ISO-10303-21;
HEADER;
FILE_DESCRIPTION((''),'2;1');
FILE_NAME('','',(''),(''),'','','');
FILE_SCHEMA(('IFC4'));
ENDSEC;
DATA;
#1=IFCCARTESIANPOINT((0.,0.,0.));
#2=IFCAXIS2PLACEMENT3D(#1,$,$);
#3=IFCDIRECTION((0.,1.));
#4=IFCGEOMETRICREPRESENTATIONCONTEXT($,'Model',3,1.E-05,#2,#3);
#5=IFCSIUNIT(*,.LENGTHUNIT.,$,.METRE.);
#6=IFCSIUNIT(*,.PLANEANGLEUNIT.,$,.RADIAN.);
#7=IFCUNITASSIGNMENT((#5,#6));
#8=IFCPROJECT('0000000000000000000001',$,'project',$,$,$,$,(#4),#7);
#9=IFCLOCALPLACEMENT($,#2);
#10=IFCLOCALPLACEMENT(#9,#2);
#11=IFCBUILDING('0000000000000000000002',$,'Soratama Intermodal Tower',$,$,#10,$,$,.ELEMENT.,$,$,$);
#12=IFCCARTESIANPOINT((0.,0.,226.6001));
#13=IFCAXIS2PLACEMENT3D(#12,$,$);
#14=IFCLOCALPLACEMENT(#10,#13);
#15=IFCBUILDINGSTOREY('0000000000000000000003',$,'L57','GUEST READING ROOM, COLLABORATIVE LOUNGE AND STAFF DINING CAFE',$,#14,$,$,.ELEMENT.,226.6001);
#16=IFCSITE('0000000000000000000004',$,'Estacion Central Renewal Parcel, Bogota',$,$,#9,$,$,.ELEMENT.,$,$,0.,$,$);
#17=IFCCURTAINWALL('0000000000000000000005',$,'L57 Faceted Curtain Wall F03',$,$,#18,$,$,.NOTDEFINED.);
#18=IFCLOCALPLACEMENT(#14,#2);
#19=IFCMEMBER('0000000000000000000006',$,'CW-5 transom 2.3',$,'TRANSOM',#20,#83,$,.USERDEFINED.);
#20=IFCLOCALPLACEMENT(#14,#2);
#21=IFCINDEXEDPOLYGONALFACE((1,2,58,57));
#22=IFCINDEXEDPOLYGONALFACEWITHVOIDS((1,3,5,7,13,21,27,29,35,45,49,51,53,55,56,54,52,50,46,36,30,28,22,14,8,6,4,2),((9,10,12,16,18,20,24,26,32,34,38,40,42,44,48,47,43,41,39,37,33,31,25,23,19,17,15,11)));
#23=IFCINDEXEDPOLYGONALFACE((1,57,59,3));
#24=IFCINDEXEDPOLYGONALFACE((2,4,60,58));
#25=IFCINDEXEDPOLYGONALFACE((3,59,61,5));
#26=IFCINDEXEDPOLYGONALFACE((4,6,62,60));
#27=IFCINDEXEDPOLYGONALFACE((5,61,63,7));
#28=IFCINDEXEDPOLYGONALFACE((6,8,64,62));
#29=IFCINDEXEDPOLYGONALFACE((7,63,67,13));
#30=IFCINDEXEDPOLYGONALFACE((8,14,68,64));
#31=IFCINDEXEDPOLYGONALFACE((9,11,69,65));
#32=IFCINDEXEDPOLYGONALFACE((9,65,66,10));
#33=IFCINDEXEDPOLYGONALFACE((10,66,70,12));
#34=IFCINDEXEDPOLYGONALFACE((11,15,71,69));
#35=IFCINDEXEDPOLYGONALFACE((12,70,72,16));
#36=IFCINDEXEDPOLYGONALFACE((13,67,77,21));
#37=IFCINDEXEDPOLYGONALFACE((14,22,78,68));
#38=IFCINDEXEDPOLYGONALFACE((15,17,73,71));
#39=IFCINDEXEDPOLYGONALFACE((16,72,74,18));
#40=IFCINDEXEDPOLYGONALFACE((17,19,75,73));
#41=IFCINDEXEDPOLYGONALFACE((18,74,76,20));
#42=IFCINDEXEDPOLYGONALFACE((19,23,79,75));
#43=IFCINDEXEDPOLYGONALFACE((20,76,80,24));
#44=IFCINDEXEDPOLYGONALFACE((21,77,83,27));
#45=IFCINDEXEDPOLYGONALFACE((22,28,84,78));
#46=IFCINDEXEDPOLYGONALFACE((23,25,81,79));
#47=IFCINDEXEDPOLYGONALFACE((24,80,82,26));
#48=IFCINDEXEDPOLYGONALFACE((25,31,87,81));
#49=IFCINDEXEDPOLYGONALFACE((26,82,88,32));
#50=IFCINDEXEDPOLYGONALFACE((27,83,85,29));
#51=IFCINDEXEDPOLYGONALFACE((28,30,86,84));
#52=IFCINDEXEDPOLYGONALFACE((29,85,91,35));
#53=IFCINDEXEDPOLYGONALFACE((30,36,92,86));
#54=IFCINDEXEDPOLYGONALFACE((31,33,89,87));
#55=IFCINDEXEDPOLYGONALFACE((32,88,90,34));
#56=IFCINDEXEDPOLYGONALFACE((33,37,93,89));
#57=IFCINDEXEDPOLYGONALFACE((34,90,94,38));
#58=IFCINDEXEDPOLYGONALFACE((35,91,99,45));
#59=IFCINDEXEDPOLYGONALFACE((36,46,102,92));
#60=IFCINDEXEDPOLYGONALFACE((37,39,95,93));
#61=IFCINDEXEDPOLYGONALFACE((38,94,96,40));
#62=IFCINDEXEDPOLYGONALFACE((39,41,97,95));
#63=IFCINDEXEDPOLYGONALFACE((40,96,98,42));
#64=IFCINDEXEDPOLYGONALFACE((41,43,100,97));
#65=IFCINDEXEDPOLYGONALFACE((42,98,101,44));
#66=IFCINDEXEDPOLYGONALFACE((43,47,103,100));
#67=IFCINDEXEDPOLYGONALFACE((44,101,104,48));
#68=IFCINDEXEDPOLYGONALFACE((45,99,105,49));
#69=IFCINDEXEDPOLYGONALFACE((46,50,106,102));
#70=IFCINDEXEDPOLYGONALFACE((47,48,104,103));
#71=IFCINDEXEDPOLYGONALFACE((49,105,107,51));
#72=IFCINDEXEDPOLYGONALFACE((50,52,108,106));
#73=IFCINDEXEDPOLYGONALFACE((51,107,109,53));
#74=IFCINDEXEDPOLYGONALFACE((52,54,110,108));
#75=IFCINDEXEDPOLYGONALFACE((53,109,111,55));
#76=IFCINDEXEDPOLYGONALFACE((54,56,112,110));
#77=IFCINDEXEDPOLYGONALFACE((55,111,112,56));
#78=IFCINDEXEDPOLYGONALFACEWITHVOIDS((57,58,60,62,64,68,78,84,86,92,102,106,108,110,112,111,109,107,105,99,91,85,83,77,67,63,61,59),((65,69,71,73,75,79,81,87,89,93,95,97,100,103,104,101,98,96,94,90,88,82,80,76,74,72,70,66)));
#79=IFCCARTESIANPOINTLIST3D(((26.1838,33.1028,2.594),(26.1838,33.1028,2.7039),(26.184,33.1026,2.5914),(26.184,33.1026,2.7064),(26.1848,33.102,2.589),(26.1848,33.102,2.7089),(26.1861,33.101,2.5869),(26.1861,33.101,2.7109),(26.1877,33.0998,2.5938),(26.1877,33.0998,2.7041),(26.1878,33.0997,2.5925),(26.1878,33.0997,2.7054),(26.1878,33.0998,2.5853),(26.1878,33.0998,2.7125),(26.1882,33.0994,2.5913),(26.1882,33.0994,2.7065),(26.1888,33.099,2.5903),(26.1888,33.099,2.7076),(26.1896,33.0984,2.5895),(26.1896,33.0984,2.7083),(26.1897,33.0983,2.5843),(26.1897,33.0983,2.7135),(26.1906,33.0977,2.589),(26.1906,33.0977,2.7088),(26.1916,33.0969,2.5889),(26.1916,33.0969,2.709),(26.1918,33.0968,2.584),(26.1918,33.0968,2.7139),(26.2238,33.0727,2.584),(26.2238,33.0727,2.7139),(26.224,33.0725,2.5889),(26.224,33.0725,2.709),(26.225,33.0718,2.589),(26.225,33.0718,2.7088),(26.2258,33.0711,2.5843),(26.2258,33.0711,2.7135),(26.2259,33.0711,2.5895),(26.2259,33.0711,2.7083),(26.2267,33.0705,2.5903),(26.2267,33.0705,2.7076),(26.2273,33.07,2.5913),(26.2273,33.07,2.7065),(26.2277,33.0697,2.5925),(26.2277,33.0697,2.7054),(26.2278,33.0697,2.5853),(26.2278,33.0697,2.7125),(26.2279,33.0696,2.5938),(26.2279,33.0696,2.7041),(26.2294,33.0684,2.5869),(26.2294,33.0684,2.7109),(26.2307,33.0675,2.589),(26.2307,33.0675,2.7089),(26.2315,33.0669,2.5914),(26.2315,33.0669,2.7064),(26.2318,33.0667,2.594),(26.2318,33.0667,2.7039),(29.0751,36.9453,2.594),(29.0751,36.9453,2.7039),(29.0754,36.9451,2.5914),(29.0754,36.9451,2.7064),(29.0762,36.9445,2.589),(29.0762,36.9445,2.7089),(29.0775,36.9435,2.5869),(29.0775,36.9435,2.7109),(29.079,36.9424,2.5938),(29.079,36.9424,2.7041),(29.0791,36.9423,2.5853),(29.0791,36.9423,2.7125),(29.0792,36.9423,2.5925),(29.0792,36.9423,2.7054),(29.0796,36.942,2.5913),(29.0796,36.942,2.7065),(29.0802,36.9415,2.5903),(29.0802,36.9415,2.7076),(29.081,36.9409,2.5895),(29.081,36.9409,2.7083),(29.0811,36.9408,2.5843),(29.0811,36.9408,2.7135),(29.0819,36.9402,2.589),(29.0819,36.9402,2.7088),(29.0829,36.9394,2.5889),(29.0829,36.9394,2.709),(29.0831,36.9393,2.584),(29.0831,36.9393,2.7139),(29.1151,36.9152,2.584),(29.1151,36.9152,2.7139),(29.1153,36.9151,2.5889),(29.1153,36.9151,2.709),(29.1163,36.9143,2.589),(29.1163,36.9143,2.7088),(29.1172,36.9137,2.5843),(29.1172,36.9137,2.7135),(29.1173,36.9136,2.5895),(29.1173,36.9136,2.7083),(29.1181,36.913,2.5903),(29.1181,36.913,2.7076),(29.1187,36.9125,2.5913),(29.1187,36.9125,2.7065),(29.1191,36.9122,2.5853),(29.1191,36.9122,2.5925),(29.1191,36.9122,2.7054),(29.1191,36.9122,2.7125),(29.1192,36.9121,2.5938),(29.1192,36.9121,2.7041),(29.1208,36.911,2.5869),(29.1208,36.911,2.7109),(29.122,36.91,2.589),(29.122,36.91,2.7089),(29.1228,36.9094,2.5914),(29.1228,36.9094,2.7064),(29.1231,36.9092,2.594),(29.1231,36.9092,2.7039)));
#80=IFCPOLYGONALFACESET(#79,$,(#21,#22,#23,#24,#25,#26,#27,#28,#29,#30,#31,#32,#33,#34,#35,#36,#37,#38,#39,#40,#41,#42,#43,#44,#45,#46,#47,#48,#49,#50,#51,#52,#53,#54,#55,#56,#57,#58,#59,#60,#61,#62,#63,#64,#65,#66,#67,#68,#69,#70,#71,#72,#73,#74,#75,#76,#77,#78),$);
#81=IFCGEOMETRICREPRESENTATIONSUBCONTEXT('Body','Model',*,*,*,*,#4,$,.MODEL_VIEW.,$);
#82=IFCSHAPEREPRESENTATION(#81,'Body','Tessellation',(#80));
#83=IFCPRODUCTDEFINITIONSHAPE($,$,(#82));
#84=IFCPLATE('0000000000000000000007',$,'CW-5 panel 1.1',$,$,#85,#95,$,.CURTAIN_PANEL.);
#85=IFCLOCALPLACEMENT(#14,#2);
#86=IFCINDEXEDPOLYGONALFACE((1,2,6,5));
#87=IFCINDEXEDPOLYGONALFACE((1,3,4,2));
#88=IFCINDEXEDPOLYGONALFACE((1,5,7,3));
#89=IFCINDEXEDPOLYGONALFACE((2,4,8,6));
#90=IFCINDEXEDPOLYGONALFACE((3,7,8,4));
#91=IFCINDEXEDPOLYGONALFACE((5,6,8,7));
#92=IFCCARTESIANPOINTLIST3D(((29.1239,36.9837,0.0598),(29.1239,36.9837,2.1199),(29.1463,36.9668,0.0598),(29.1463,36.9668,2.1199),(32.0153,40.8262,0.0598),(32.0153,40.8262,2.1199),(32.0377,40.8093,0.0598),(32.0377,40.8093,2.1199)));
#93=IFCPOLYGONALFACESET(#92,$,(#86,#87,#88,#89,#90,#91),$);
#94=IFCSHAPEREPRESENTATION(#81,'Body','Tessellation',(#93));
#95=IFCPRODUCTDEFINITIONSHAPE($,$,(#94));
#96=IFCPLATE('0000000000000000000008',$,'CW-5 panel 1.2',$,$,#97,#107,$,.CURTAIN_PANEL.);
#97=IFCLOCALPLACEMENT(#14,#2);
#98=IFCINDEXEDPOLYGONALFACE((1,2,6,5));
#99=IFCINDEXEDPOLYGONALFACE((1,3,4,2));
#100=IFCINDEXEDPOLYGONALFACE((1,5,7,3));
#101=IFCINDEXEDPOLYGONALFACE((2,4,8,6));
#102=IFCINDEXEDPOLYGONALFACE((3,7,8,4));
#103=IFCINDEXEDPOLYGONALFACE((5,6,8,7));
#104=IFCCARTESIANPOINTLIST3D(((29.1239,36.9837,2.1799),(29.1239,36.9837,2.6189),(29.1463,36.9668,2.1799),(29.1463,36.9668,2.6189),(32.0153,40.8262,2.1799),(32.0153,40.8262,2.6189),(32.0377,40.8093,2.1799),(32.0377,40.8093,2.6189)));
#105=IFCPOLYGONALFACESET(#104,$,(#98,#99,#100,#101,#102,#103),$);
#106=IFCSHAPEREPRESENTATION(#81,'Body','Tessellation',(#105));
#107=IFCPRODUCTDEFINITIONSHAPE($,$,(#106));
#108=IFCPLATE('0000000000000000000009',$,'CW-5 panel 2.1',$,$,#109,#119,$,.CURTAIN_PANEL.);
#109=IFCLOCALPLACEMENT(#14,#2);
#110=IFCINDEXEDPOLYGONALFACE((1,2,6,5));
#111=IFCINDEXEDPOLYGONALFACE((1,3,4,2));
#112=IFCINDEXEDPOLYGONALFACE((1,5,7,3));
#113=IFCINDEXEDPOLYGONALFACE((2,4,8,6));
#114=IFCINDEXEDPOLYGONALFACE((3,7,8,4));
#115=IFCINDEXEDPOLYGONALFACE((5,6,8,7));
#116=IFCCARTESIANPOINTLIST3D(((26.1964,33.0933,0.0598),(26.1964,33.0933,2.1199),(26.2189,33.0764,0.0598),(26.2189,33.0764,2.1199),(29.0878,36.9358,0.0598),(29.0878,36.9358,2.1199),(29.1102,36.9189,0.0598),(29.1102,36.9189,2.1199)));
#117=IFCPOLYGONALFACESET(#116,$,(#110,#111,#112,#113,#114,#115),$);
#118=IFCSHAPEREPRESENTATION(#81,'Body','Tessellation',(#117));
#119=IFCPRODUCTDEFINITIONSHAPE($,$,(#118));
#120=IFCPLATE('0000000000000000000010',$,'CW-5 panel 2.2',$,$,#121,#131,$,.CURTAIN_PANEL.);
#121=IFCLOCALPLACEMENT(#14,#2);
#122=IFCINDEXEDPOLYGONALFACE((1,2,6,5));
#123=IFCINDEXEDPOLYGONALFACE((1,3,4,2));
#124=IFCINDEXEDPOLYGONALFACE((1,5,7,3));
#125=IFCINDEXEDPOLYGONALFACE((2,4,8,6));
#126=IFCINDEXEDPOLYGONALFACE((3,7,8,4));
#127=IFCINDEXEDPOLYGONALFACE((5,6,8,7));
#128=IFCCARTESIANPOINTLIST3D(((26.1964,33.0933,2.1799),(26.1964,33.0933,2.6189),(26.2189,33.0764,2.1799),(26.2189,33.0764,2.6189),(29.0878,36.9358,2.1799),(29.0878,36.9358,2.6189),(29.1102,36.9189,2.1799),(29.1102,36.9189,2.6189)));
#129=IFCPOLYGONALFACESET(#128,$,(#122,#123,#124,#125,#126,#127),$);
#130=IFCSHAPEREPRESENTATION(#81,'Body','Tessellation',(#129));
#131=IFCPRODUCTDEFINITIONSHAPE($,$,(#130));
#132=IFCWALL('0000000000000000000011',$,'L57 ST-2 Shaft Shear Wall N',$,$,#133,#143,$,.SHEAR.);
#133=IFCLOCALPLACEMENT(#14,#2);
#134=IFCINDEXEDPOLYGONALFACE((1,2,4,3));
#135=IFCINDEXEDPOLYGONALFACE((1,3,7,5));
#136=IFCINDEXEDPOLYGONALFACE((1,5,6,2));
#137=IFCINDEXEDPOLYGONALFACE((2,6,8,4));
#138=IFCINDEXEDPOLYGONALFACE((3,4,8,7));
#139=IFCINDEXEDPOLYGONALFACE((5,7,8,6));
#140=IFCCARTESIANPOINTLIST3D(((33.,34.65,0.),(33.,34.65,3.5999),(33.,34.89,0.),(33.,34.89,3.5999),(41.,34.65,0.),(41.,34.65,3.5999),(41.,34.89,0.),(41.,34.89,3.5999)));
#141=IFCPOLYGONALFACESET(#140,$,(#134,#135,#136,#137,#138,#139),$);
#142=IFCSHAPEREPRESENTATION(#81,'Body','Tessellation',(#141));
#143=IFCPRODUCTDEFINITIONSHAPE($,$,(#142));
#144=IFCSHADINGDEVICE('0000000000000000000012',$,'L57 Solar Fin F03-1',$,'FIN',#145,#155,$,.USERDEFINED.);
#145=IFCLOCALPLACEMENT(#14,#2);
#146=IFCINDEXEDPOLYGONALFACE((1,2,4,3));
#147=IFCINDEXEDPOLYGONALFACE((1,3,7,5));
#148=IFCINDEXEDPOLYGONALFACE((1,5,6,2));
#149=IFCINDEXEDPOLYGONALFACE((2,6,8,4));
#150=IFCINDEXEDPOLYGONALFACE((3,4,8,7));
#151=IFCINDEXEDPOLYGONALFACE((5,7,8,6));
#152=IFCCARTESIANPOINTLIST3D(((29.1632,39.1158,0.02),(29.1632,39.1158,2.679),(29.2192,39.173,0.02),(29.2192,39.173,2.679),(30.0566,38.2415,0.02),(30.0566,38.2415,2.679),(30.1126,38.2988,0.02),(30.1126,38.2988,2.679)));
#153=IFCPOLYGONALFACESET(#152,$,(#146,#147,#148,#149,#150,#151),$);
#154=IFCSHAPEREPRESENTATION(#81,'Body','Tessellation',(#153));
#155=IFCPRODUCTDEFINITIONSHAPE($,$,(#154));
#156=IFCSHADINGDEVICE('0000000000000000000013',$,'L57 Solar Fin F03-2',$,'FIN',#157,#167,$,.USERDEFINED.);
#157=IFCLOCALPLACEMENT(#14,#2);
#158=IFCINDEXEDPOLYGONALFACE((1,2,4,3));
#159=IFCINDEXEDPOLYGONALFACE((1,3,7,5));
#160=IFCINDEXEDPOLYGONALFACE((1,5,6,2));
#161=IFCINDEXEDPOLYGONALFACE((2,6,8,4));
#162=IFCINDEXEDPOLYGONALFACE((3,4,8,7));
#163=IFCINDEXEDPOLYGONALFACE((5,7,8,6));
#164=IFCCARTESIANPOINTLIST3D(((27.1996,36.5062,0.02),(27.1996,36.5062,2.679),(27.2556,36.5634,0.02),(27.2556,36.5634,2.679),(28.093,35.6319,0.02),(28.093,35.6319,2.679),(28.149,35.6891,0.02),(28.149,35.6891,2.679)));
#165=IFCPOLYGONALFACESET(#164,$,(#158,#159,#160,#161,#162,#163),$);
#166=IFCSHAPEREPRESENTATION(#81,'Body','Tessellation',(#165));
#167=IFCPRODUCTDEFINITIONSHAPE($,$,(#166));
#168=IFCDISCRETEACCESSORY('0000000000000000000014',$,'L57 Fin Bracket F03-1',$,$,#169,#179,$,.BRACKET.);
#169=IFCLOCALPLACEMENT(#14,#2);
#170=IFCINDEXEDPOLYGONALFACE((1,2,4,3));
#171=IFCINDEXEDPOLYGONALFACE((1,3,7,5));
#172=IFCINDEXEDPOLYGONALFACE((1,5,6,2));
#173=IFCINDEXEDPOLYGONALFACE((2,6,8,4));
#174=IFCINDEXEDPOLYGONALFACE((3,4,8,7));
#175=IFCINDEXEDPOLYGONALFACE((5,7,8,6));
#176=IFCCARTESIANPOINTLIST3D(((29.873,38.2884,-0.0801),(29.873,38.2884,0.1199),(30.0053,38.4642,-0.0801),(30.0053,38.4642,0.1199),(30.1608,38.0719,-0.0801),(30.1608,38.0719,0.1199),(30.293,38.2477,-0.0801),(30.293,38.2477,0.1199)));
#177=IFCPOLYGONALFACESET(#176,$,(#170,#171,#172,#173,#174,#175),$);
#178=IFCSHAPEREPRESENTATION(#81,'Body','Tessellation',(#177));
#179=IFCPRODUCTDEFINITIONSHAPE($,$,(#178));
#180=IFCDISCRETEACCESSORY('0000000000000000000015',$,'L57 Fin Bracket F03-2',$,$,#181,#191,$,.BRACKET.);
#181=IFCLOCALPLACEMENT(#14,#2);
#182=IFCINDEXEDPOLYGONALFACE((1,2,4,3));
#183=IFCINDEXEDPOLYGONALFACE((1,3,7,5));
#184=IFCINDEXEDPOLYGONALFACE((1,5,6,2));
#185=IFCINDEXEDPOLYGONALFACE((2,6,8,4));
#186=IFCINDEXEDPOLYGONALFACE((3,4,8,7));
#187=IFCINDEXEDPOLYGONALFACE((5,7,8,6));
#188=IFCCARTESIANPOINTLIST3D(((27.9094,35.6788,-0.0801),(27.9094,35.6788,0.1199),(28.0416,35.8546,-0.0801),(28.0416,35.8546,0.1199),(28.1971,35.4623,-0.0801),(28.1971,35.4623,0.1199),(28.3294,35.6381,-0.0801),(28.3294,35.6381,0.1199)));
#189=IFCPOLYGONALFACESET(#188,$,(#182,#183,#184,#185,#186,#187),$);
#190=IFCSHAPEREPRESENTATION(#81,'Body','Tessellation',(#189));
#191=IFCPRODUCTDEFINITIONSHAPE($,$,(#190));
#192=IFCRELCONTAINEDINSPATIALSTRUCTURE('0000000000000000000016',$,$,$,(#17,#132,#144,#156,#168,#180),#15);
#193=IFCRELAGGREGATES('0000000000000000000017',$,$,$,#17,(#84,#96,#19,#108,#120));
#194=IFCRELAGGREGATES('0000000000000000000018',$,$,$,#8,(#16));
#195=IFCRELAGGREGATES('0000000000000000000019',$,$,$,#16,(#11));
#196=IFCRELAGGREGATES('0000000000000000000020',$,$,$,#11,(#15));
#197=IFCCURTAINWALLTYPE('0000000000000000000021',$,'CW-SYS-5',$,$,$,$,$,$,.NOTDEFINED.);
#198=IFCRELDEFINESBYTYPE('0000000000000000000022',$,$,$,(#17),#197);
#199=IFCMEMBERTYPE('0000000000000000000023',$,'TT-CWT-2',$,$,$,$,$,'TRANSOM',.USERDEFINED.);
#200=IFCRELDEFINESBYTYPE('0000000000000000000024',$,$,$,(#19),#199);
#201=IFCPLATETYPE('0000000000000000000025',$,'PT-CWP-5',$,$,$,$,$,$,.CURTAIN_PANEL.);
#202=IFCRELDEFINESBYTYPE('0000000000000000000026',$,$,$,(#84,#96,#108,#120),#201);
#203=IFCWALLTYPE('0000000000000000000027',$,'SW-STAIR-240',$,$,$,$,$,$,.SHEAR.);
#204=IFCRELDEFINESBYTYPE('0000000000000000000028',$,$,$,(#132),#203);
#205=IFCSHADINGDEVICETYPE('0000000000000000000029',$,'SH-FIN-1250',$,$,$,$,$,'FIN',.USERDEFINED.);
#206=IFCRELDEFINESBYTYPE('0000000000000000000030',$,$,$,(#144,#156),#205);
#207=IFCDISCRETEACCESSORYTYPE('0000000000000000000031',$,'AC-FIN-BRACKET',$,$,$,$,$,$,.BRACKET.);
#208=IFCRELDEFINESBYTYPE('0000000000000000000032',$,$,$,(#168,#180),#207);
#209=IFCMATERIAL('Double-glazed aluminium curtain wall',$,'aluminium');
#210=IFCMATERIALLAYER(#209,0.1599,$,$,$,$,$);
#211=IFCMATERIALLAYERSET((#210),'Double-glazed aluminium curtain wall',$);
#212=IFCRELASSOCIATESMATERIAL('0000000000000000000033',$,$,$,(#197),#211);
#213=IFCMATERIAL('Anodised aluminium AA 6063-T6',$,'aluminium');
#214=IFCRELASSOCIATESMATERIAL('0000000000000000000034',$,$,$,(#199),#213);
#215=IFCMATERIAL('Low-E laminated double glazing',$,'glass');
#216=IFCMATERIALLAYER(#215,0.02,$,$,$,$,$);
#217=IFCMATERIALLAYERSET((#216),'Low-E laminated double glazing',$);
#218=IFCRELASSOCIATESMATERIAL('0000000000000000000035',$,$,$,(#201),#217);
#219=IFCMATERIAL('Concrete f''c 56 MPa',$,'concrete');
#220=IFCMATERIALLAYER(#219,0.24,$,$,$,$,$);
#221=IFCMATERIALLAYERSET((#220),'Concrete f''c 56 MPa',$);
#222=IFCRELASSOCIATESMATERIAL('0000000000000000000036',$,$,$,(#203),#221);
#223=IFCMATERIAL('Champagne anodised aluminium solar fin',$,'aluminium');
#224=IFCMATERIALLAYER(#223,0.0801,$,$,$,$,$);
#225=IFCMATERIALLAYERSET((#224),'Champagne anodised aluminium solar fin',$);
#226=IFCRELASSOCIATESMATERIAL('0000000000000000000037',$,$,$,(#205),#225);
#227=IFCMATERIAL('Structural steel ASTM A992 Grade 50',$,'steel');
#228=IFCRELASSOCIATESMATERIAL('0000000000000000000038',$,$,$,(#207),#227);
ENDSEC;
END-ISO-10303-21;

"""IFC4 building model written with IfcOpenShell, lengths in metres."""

from ifc_helpers import new_model, si_unit, direction, frame, frame_2d, origin, origin_2d, place, context, subcontext, project, spatial, rectangle, hollow_rectangle, extrude, material, layer, layer_set, material_profile, profile_set, type_object, element, aggregate, save


model = new_model("IFC4")

# Units and contexts
model_context = context("Model", 3, precision=1e-05, world=origin(), true_north=direction((0.0, 1.0)))
body_context = subcontext(model_context, "Body", "Model", "MODEL_VIEW")
ifc_project = project(units=[si_unit("LENGTHUNIT", "METRE"), si_unit("PLANEANGLEUNIT", "RADIAN")], contexts=[model_context])

# Site, building, storey
site_placement = place(None, origin())
site = spatial("IfcSite", under=ifc_project, at=site_placement, Name="Estacion Central Renewal Parcel, Bogota", CompositionType="ELEMENT", RefElevation=0.0)
building_placement = place(site_placement, origin())
building = spatial("IfcBuilding", under=site, at=building_placement, Name="Soratama Intermodal Tower", CompositionType="ELEMENT")
storey_placement = place(building_placement, frame((0.0, 0.0, 226.6001)))
storey = spatial("IfcBuildingStorey", under=building, at=storey_placement, Name="L57", Description="GUEST READING ROOM, COLLABORATIVE LOUNGE AND STAFF DINING CAFE", CompositionType="ELEMENT", Elevation=226.6001)

# Curtain wall, member, plates
ifc_material_1 = material(Name="Double-glazed aluminium curtain wall", Category="aluminium")
ifc_layer_1 = layer(ifc_material_1, 0.1599)
ifc_layer_set_1 = layer_set([ifc_layer_1], Name="Double-glazed aluminium curtain wall")
curtain_wall_type = type_object("IfcCurtainWallType", Name="CW-SYS-5", PredefinedType="NOTDEFINED", material=ifc_layer_set_1)
curtain_wall_placement = place(storey_placement, origin())
curtain_wall = element("IfcCurtainWall", 1, at=curtain_wall_placement, inside=storey, type_object=curtain_wall_type, Name="L57 Faceted Curtain Wall F03", PredefinedType="NOTDEFINED")
ifc_material_2 = material(Name="Anodised aluminium AA 6063-T6", Category="aluminium")
ifc_material_profile_1 = material_profile(ifc_material_2, hollow_rectangle(XDim=0.0601, YDim=0.1299, WallThickness=0.0049, InnerFilletRadius=0.0049, OuterFilletRadius=0.01, at=origin_2d()), Name="CWT130X60X5")
ifc_profile_set_1 = profile_set([ifc_material_profile_1], Name="Anodised aluminium AA 6063-T6")
member_type_1 = type_object("IfcMemberType", Name="TT-CWT-2", ElementType="TRANSOM", PredefinedType="USERDEFINED", material=ifc_profile_set_1)
member_1_placement = place(storey_placement, frame((29.0991, 36.9272, 2.6489), z_axis=(-0.601258, -0.799055, 0.0), x_axis=(0.799055, -0.601258, 0.0)))
member_1 = element("IfcMember", 2, at=member_1_placement, type_object=member_type_1, Name="CW-5 transom 2.3", ObjectType="TRANSOM", PredefinedType="USERDEFINED", context=body_context, shape_type="SweptSolid", body=[
    extrude(hollow_rectangle(XDim=0.0601, YDim=0.1299, WallThickness=0.0049, InnerFilletRadius=0.0049, OuterFilletRadius=0.01, at=origin_2d()), origin(), (0.0, 0.0, 1.0), 4.8088),
])
ifc_material_3 = material(Name="Low-E laminated double glazing", Category="glass")
ifc_layer_2 = layer(ifc_material_3, 0.02)
ifc_layer_set_2 = layer_set([ifc_layer_2], Name="Low-E laminated double glazing")
plate_type = type_object("IfcPlateType", Name="PT-CWP-5", PredefinedType="CURTAIN_PANEL", material=ifc_layer_set_2)
plate_1_placement = place(storey_placement, frame((30.5808, 38.8965, 0.0598), z_axis=(0.0, 0.0, 1.0), x_axis=(-0.601262, -0.799052, 0.0)))
plate_1 = element("IfcPlate", 3, at=plate_1_placement, type_object=plate_type, Name="CW-5 panel 1.1", PredefinedType="CURTAIN_PANEL", context=body_context, shape_type="SweptSolid", body=[
    extrude(rectangle(XDim=4.8088, YDim=0.0281, at=origin_2d()), origin(), (0.0, 0.0, 1.0), 2.0601),
])
plate_2_placement = place(storey_placement, frame((30.5808, 38.8965, 2.1799), z_axis=(0.0, 0.0, 1.0), x_axis=(-0.601262, -0.799052, 0.0)))
plate_2 = element("IfcPlate", 4, at=plate_2_placement, type_object=plate_type, Name="CW-5 panel 1.2", PredefinedType="CURTAIN_PANEL", context=body_context, shape_type="SweptSolid", body=[
    extrude(rectangle(XDim=4.8088, YDim=0.0281, at=origin_2d()), origin(), (0.0, 0.0, 1.0), 0.439),
])
plate_3_placement = place(storey_placement, frame((27.6533, 35.0061, 0.0598), z_axis=(0.0, 0.0, 1.0), x_axis=(-0.601262, -0.799052, 0.0)))
plate_3 = element("IfcPlate", 5, at=plate_3_placement, type_object=plate_type, Name="CW-5 panel 2.1", PredefinedType="CURTAIN_PANEL", context=body_context, shape_type="SweptSolid", body=[
    extrude(rectangle(XDim=4.8088, YDim=0.0281, at=origin_2d()), origin(), (0.0, 0.0, 1.0), 2.0601),
])
plate_4_placement = place(storey_placement, frame((27.6533, 35.0061, 2.1799), z_axis=(0.0, 0.0, 1.0), x_axis=(-0.601262, -0.799052, 0.0)))
plate_4 = element("IfcPlate", 6, at=plate_4_placement, type_object=plate_type, Name="CW-5 panel 2.2", PredefinedType="CURTAIN_PANEL", context=body_context, shape_type="SweptSolid", body=[
    extrude(rectangle(XDim=4.8088, YDim=0.0281, at=origin_2d()), origin(), (0.0, 0.0, 1.0), 0.439),
])
aggregate(curtain_wall, [plate_1, plate_2, member_1, plate_3, plate_4])

# Wall
ifc_material_4 = material(Name="Concrete f'c 56 MPa", Category="concrete")
ifc_layer_3 = layer(ifc_material_4, 0.24)
ifc_layer_set_3 = layer_set([ifc_layer_3], Name="Concrete f'c 56 MPa")
wall_type_1 = type_object("IfcWallType", Name="SW-STAIR-240", PredefinedType="SHEAR", material=ifc_layer_set_3)
wall_1_placement = place(storey_placement, frame((33.0, 34.77, 0.0), z_axis=(0.0, 0.0, 1.0), x_axis=(1.0, 0.0, 0.0)))
element("IfcWall", 7, at=wall_1_placement, inside=storey, type_object=wall_type_1, Name="L57 ST-2 Shaft Shear Wall N", PredefinedType="SHEAR", context=body_context, shape_type="SweptSolid", body=[
    extrude(rectangle(XDim=8.0, YDim=0.24, at=frame_2d((4.0, 0.0))), origin(), (0.0, 0.0, 1.0), 3.5999),
])

# Shading devices
ifc_material_5 = material(Name="Champagne anodised aluminium solar fin", Category="aluminium")
ifc_layer_4 = layer(ifc_material_5, 0.0801)
ifc_layer_set_4 = layer_set([ifc_layer_4], Name="Champagne anodised aluminium solar fin")
shading_device_type = type_object("IfcShadingDeviceType", Name="SH-FIN-1250", ElementType="FIN", PredefinedType="USERDEFINED", material=ifc_layer_set_4)
for number, where, z_axis, x_axis, name in (
    (8, (29.6379, 38.7073, 0.02), (0.0, 0.0, 1.0), (-0.714717, 0.699414, 0.0), "L57 Solar Fin F03-1"),
    (9, (27.6743, 36.0977, 0.02), (0.0, 0.0, 1.0), (-0.714717, 0.699414, 0.0), "L57 Solar Fin F03-2"),
):
    element("IfcShadingDevice", number, at=place(storey_placement, frame(where, z_axis=z_axis, x_axis=x_axis)), inside=storey, type_object=shading_device_type, Name=name, ObjectType="FIN", PredefinedType="USERDEFINED", context=body_context, shape_type="SweptSolid", body=[
        extrude(rectangle(XDim=1.25, YDim=0.0801, at=origin_2d()), origin(), (0.0, 0.0, 1.0), 2.6589),
    ])

# Discrete accessories
ifc_material_6 = material(Name="Structural steel ASTM A992 Grade 50", Category="steel")
discrete_accessory_type = type_object("IfcDiscreteAccessoryType", Name="AC-FIN-BRACKET", PredefinedType="BRACKET", material=ifc_material_6)
for number, where, z_axis, x_axis, name in (
    (10, (30.083, 38.2681, -0.0801), (0.0, 0.0, 1.0), (-0.799055, 0.601257, 0.0), "L57 Fin Bracket F03-1"),
    (11, (28.1194, 35.6584, -0.0801), (0.0, 0.0, 1.0), (-0.799055, 0.601257, 0.0), "L57 Fin Bracket F03-2"),
):
    element("IfcDiscreteAccessory", number, at=place(storey_placement, frame(where, z_axis=z_axis, x_axis=x_axis)), inside=storey, type_object=discrete_accessory_type, Name=name, PredefinedType="BRACKET", context=body_context, shape_type="SweptSolid", body=[
        extrude(rectangle(XDim=0.3601, YDim=0.22, at=origin_2d()), origin(), (0.0, 0.0, 1.0), 0.2),
    ])

save(model, "model.ifc")
